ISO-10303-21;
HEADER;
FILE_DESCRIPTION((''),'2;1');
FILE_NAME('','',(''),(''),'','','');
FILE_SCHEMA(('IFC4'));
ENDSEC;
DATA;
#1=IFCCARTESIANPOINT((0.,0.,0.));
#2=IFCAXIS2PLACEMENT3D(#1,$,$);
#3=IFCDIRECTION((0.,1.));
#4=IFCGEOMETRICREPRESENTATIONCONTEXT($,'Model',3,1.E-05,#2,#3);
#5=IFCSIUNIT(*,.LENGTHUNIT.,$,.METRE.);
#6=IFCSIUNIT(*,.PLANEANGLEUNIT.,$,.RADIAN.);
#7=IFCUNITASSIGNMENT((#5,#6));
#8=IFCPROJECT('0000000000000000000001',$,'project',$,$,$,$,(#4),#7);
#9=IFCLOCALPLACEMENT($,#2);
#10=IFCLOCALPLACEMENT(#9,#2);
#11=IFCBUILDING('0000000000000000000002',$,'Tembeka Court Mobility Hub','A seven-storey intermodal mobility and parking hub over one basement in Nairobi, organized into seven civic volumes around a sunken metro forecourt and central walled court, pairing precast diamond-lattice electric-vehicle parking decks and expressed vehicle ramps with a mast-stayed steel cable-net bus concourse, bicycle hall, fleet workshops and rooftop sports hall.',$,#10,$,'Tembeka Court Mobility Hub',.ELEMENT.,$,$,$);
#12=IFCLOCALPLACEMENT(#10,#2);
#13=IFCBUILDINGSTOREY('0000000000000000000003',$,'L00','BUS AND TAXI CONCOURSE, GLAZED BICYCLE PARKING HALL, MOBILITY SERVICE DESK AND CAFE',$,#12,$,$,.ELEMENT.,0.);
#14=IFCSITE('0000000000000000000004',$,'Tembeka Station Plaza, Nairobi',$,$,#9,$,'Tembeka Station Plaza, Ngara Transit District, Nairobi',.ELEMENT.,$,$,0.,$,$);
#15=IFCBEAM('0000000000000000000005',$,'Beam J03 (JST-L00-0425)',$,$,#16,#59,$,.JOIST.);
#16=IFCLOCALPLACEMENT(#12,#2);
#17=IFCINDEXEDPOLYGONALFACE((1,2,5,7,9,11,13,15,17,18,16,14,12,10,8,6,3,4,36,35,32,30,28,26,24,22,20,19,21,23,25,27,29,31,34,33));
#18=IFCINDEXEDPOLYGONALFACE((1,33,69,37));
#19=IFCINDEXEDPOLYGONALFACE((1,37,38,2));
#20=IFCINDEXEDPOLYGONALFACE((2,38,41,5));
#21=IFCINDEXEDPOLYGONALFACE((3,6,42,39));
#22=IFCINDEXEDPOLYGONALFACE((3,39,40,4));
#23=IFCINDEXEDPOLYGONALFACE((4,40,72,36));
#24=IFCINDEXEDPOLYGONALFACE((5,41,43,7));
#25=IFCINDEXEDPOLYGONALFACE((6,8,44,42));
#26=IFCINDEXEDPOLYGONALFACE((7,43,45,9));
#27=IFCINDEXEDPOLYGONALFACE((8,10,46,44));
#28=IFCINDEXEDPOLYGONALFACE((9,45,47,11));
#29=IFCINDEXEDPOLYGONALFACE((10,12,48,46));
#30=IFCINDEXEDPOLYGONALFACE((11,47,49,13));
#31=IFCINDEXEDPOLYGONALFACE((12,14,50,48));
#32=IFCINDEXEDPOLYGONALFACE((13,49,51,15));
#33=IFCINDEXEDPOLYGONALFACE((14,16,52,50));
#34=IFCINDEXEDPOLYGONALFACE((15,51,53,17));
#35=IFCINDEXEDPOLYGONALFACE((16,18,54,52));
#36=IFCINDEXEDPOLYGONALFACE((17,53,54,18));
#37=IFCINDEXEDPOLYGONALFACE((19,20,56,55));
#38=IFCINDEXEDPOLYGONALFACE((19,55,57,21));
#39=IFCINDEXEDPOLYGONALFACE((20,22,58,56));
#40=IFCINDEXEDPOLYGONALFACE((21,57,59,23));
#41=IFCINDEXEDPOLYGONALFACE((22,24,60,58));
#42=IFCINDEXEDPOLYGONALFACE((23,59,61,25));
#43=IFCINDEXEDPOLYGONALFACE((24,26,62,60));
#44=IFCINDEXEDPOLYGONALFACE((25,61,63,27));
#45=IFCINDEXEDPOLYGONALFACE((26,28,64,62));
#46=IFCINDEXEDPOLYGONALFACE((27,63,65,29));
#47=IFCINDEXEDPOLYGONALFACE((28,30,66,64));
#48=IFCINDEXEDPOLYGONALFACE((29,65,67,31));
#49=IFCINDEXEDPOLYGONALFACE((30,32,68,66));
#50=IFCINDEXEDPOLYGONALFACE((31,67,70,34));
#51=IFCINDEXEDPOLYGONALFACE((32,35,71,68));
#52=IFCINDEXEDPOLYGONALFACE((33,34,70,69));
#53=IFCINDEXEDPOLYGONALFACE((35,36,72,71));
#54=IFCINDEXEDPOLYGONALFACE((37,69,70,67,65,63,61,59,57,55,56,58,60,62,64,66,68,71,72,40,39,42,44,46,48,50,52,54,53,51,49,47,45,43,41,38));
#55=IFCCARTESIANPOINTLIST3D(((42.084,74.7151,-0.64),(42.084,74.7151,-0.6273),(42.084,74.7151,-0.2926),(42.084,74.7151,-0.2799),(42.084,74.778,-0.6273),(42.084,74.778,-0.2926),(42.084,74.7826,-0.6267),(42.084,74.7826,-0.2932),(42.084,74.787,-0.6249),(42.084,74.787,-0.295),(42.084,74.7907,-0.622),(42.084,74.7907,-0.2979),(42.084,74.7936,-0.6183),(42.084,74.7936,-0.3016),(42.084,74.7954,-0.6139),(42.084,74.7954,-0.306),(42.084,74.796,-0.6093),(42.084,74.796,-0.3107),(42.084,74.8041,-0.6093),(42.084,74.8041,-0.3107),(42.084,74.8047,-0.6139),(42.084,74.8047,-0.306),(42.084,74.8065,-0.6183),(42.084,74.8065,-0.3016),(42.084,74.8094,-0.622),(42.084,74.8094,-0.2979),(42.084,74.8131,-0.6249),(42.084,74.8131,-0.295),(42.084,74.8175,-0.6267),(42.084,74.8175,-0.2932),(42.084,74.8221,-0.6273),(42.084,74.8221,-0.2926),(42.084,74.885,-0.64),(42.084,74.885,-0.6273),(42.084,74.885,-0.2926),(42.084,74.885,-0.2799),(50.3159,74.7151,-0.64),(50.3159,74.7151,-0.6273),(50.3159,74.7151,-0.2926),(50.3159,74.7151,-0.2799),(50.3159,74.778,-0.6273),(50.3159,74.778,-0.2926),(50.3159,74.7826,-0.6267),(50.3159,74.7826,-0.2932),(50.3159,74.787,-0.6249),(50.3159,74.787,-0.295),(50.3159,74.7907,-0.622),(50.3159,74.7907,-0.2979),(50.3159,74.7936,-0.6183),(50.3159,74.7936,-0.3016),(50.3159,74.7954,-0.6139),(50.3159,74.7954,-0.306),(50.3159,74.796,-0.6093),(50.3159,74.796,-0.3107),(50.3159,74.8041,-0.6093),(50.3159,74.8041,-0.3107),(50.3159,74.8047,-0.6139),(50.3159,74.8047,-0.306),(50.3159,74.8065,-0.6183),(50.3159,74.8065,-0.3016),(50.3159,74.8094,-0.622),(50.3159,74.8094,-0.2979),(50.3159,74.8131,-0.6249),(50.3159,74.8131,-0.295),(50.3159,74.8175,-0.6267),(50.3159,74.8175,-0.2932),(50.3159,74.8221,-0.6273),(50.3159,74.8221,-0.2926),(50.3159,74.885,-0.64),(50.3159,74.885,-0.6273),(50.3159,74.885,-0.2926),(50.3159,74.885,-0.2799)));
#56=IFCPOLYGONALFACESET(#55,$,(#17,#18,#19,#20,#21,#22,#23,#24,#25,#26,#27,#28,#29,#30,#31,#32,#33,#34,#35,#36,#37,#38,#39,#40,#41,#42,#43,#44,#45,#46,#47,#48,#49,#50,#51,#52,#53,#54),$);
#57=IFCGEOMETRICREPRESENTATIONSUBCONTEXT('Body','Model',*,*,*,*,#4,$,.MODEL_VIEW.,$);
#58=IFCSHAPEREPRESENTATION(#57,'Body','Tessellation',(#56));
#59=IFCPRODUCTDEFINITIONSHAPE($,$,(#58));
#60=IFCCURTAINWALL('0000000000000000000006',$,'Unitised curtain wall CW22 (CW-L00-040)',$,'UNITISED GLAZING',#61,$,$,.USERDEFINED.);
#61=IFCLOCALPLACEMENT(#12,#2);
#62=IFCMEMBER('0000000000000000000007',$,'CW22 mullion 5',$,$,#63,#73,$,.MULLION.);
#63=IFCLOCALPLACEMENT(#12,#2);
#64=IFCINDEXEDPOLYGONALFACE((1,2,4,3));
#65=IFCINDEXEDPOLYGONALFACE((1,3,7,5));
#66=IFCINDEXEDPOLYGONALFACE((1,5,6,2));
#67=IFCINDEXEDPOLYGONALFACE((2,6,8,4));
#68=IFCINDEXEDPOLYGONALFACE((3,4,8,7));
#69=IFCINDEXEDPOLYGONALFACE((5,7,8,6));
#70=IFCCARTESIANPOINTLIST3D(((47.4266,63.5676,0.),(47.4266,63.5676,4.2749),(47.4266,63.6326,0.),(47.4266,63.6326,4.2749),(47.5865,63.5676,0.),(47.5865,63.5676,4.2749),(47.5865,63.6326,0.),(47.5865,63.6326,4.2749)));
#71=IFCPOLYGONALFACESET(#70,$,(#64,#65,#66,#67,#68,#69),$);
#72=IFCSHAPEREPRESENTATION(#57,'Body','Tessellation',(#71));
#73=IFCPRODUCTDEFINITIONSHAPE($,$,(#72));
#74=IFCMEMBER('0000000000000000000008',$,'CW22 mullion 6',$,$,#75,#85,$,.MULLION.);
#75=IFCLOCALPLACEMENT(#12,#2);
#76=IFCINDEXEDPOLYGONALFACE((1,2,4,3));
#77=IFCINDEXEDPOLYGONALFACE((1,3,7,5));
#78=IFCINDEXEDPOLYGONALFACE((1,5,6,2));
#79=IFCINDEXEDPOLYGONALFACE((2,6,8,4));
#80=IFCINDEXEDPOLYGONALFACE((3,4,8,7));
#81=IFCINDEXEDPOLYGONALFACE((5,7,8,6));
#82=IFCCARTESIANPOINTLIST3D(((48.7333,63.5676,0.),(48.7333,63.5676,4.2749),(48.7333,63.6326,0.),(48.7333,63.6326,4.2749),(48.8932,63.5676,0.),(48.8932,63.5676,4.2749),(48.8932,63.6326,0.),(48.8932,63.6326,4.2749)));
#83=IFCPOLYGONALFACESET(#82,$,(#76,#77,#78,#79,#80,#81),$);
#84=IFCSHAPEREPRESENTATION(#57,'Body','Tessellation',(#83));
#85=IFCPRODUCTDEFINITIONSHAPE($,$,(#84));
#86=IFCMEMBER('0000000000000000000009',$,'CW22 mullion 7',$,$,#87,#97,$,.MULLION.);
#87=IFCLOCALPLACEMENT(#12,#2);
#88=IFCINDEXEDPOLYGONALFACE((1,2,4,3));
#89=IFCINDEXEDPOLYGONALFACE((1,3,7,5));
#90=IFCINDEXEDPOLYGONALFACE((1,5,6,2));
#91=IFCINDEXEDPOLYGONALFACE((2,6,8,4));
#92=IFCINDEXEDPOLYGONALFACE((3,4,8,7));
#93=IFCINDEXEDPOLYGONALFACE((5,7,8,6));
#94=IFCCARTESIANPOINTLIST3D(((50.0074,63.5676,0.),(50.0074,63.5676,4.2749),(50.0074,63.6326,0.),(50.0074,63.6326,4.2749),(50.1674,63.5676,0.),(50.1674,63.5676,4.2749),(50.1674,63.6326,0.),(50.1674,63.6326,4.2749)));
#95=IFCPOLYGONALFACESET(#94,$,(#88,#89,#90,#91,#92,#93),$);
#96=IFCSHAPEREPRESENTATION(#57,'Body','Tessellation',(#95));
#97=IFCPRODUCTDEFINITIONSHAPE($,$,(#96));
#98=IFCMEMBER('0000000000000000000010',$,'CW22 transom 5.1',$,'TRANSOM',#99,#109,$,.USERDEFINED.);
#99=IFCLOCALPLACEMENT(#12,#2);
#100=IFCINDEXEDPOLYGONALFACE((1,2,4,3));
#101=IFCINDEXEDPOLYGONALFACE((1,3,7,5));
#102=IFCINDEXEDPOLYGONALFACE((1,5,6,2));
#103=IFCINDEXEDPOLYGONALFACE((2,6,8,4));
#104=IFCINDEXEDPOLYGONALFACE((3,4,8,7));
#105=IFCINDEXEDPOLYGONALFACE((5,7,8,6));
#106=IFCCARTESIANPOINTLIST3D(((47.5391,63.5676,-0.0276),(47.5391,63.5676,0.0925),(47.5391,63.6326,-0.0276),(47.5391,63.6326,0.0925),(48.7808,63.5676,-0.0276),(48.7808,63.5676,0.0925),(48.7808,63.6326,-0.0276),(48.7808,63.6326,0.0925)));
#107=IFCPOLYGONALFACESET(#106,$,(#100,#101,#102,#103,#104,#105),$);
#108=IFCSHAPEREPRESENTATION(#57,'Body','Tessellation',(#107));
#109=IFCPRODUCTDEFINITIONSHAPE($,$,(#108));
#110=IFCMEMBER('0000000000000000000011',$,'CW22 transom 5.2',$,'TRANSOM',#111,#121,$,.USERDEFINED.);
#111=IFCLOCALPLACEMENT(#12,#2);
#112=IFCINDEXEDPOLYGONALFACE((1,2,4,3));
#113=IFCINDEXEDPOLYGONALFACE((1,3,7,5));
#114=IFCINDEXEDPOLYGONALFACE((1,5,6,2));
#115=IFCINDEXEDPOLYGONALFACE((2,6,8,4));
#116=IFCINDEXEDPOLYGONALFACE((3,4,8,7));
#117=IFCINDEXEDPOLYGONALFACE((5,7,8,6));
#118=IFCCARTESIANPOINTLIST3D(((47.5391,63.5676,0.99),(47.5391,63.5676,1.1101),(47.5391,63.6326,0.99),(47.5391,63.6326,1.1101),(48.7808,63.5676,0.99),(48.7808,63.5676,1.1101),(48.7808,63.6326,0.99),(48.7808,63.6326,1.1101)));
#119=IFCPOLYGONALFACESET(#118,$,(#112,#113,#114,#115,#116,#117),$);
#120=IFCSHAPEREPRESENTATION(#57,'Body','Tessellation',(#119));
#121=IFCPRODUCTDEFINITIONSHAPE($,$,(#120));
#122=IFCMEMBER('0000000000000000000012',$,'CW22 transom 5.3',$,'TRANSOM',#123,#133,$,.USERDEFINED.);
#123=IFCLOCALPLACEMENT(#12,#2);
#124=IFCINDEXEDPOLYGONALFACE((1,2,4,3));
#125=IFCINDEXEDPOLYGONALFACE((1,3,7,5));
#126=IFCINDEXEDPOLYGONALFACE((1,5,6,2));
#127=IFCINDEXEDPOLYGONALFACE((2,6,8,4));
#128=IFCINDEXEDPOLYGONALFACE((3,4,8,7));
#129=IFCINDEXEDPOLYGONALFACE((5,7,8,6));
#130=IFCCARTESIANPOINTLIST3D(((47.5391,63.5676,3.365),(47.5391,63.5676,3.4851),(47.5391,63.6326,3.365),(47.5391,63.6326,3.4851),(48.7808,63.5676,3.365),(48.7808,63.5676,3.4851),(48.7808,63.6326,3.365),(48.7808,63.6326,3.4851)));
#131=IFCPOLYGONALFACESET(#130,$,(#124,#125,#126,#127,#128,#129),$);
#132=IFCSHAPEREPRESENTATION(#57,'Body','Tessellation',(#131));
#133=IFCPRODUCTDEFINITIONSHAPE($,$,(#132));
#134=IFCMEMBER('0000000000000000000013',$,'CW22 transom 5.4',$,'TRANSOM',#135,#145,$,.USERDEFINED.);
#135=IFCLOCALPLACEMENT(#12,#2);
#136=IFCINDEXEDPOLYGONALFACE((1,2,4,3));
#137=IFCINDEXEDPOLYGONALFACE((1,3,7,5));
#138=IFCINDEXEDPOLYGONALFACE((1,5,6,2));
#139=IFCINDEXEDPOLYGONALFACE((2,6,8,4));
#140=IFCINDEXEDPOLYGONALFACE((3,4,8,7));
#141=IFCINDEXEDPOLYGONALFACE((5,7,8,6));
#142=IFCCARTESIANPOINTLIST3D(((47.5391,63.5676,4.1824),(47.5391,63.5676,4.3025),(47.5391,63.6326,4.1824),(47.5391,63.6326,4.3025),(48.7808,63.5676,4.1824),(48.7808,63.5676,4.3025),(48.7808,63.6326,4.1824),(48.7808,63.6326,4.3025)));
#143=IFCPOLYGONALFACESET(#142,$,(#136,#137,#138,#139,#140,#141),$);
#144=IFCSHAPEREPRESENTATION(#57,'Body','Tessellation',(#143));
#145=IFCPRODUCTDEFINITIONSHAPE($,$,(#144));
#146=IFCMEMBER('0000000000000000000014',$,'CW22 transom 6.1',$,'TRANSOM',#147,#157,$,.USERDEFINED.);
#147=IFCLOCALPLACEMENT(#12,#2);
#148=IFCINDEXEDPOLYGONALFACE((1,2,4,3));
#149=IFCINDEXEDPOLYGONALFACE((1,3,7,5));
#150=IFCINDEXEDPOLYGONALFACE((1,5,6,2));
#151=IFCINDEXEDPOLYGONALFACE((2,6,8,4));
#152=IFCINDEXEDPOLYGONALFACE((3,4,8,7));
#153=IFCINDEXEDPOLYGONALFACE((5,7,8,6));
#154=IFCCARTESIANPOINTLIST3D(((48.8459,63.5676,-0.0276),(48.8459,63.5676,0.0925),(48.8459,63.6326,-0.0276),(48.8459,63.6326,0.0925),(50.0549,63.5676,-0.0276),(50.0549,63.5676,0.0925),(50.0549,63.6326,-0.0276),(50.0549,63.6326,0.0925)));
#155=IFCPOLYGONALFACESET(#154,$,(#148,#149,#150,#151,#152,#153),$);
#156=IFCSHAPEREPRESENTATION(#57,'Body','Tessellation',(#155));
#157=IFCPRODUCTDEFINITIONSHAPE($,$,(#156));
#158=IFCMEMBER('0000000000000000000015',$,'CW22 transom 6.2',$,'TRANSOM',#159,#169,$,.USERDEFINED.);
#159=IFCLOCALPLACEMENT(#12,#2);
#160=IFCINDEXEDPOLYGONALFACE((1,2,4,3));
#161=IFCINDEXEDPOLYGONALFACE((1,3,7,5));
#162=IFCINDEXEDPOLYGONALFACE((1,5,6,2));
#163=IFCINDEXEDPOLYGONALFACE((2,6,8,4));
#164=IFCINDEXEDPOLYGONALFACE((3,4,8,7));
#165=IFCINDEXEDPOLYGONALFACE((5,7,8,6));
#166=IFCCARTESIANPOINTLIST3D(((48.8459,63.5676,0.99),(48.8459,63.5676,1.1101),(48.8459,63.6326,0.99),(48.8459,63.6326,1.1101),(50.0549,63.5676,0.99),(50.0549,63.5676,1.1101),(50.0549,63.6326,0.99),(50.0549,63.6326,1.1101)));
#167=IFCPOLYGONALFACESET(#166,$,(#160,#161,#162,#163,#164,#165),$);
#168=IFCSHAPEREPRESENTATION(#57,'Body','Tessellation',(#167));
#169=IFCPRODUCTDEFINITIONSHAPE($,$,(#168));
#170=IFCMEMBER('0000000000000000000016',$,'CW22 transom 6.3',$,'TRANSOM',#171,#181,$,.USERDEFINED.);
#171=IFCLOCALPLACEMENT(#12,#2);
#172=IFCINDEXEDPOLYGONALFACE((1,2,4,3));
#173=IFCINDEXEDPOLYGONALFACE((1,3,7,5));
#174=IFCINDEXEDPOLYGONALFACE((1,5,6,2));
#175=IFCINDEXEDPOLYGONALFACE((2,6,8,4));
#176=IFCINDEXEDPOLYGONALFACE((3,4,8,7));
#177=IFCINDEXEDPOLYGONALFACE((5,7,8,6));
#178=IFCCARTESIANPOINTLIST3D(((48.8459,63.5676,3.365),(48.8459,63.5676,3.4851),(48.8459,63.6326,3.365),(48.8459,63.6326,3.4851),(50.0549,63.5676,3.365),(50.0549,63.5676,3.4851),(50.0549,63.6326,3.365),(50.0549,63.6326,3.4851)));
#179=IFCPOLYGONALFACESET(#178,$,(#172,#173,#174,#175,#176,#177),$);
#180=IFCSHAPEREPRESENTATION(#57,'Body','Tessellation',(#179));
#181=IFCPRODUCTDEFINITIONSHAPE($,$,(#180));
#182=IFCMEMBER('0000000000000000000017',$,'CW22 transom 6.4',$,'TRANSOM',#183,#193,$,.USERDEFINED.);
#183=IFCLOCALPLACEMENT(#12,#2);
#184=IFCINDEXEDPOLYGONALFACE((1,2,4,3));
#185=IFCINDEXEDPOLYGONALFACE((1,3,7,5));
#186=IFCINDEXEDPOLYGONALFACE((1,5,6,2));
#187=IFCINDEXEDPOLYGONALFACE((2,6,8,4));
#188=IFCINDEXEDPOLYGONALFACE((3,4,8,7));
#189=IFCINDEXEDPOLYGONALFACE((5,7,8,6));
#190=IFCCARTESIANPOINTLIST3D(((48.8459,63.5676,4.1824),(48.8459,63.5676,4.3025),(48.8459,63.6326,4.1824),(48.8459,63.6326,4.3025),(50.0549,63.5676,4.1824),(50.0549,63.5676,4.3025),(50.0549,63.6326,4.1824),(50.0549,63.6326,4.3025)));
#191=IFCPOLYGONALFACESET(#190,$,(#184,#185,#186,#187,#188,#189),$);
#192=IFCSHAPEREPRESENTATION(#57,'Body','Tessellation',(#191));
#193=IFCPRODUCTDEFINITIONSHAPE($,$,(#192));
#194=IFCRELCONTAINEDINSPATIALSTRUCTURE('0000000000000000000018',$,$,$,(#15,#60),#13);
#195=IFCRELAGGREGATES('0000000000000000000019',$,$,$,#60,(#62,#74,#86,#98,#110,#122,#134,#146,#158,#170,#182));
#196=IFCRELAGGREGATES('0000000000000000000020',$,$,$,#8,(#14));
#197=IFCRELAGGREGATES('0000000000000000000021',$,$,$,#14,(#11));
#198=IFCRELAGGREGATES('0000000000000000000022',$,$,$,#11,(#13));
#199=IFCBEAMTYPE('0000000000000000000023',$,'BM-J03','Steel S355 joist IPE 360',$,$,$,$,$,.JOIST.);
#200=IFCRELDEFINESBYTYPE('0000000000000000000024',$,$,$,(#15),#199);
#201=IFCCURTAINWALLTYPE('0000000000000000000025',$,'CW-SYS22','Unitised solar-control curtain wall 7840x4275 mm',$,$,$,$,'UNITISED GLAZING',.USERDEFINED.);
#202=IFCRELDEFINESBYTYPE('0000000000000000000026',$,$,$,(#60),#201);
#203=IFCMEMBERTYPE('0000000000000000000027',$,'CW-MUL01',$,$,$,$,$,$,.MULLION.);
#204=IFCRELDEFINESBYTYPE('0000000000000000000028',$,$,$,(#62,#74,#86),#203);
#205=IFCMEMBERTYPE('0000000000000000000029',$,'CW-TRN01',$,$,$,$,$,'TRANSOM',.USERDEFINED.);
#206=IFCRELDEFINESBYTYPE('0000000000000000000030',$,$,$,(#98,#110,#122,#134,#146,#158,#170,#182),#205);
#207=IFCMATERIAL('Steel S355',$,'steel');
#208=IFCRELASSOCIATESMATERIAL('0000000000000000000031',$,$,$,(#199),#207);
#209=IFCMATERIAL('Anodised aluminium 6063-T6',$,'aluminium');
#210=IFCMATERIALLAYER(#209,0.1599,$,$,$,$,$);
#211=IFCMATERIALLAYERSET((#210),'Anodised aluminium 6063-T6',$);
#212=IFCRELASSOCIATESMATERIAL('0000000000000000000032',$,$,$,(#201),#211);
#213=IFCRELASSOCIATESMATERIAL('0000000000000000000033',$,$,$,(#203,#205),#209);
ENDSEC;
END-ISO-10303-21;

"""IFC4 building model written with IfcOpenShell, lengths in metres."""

from ifc_helpers import new_model, si_unit, direction, frame, origin, origin_2d, place, context, subcontext, project, spatial, rectangle, i_section, extrude, material, layer, layer_set, material_profile, profile_set, type_object, element, aggregate, save


model = new_model("IFC4")

# Units and contexts
model_context = context("Model", 3, precision=1e-05, world=origin(), true_north=direction((0.0, 1.0)))
body_context = subcontext(model_context, "Body", "Model", "MODEL_VIEW")
ifc_project = project(units=[si_unit("LENGTHUNIT", "METRE"), si_unit("PLANEANGLEUNIT", "RADIAN")], contexts=[model_context])

# Site, building, storey
site_placement = place(None, origin())
site = spatial("IfcSite", under=ifc_project, at=site_placement, Name="Tembeka Station Plaza, Nairobi", LongName="Tembeka Station Plaza, Ngara Transit District, Nairobi", CompositionType="ELEMENT", RefElevation=0.0)
building_placement = place(site_placement, origin())
building = spatial("IfcBuilding", under=site, at=building_placement, Name="Tembeka Court Mobility Hub", Description="A seven-storey intermodal mobility and parking hub over one basement in Nairobi, organized into seven civic volumes around a sunken metro forecourt and central walled court, pairing precast diamond-lattice electric-vehicle parking decks and expressed vehicle ramps with a mast-stayed steel cable-net bus concourse, bicycle hall, fleet workshops and rooftop sports hall.", LongName="Tembeka Court Mobility Hub", CompositionType="ELEMENT")
storey_placement = place(building_placement, origin())
storey = spatial("IfcBuildingStorey", under=building, at=storey_placement, Name="L00", Description="BUS AND TAXI CONCOURSE, GLAZED BICYCLE PARKING HALL, MOBILITY SERVICE DESK AND CAFE", CompositionType="ELEMENT", Elevation=0.0)

# Shared definitions
ifc_material_1 = material(Name="Steel S355", Category="steel")

# Beam
ifc_material_profile_1 = material_profile(ifc_material_1, i_section(OverallWidth=0.1699, OverallDepth=0.3601, WebThickness=0.0081, FlangeThickness=0.0127, FilletRadius=0.0181, at=origin_2d()), Name="IPE 360")
ifc_profile_set_1 = profile_set([ifc_material_profile_1], Name="Steel S355")
beam_type_1 = type_object("IfcBeamType", Name="BM-J03", Description="Steel S355 joist IPE 360", PredefinedType="JOIST", material=ifc_profile_set_1)
for number, where, z_axis, x_axis, name in (
    (1, (42.084, 74.8, -0.46), (1.0, 0.0, 0.0), (0.0, 1.0, 0.0), "Beam J03 (JST-L00-0425)"),
):
    element("IfcBeam", number, at=place(storey_placement, frame(where, z_axis=z_axis, x_axis=x_axis)), inside=storey, type_object=beam_type_1, Name=name, PredefinedType="JOIST", context=body_context, shape_type="SweptSolid", body=[
        extrude(i_section(OverallWidth=0.1699, OverallDepth=0.3601, WebThickness=0.0081, FlangeThickness=0.0127, FilletRadius=0.0181, at=origin_2d()), origin(), (0.0, 0.0, 1.0), 8.2319),
    ])

# Curtain wall, members
ifc_material_2 = material(Name="Anodised aluminium 6063-T6", Category="aluminium")
ifc_layer_1 = layer(ifc_material_2, 0.1599)
ifc_layer_set_1 = layer_set([ifc_layer_1], Name="Anodised aluminium 6063-T6")
curtain_wall_type = type_object("IfcCurtainWallType", Name="CW-SYS22", Description="Unitised solar-control curtain wall 7840x4275 mm", ElementType="UNITISED GLAZING", PredefinedType="USERDEFINED", material=ifc_layer_set_1)
curtain_wall_placement = place(storey_placement, origin())
curtain_wall = element("IfcCurtainWall", 2, at=curtain_wall_placement, inside=storey, type_object=curtain_wall_type, Name="Unitised curtain wall CW22 (CW-L00-040)", ObjectType="UNITISED GLAZING", PredefinedType="USERDEFINED")
ifc_material_profile_2 = material_profile(ifc_material_2, rectangle(XDim=0.0649, YDim=0.1599, at=origin_2d()), Name="ALU-MUL 65x160")
ifc_profile_set_2 = profile_set([ifc_material_profile_2], Name="Anodised aluminium 6063-T6")
member_type_1 = type_object("IfcMemberType", Name="CW-MUL01", PredefinedType="MULLION", material=ifc_profile_set_2)
member_1_placement = place(storey_placement, frame((47.5066, 63.6001, 0.0), z_axis=(0.0, 0.0, 1.0), x_axis=(0.0, 1.0, 0.0)))
member_1 = element("IfcMember", 3, at=member_1_placement, type_object=member_type_1, Name="CW22 mullion 5", PredefinedType="MULLION", context=body_context, shape_type="SweptSolid", body=[
    extrude(rectangle(XDim=0.0649, YDim=0.1599, at=origin_2d()), origin(), (0.0, 0.0, 1.0), 4.2749),
])
member_2_placement = place(storey_placement, frame((48.8132, 63.6001, 0.0), z_axis=(0.0, 0.0, 1.0), x_axis=(0.0, 1.0, 0.0)))
member_2 = element("IfcMember", 4, at=member_2_placement, type_object=member_type_1, Name="CW22 mullion 6", PredefinedType="MULLION", context=body_context, shape_type="SweptSolid", body=[
    extrude(rectangle(XDim=0.0649, YDim=0.1599, at=origin_2d()), origin(), (0.0, 0.0, 1.0), 4.2749),
])
member_3_placement = place(storey_placement, frame((50.0874, 63.6001, 0.0), z_axis=(0.0, 0.0, 1.0), x_axis=(0.0, 1.0, 0.0)))
member_3 = element("IfcMember", 5, at=member_3_placement, type_object=member_type_1, Name="CW22 mullion 7", PredefinedType="MULLION", context=body_context, shape_type="SweptSolid", body=[
    extrude(rectangle(XDim=0.0649, YDim=0.1599, at=origin_2d()), origin(), (0.0, 0.0, 1.0), 4.2749),
])
ifc_material_profile_3 = material_profile(ifc_material_2, rectangle(XDim=0.0649, YDim=0.1201, at=origin_2d()), Name="ALU-TRN 65x120")
ifc_profile_set_3 = profile_set([ifc_material_profile_3], Name="Anodised aluminium 6063-T6")
member_type_2 = type_object("IfcMemberType", Name="CW-TRN01", ElementType="TRANSOM", PredefinedType="USERDEFINED", material=ifc_profile_set_3)
member_4_placement = place(storey_placement, frame((47.5391, 63.6001, 0.0325), z_axis=(1.0, 0.0, 0.0), x_axis=(0.0, 1.0, 0.0)))
member_4 = element("IfcMember", 6, at=member_4_placement, type_object=member_type_2, Name="CW22 transom 5.1", ObjectType="TRANSOM", PredefinedType="USERDEFINED", context=body_context, shape_type="SweptSolid", body=[
    extrude(rectangle(XDim=0.0649, YDim=0.1201, at=origin_2d()), origin(), (0.0, 0.0, 1.0), 1.2417),
])
member_5_placement = place(storey_placement, frame((47.5391, 63.6001, 1.05), z_axis=(1.0, 0.0, 0.0), x_axis=(0.0, 1.0, 0.0)))
member_5 = element("IfcMember", 7, at=member_5_placement, type_object=member_type_2, Name="CW22 transom 5.2", ObjectType="TRANSOM", PredefinedType="USERDEFINED", context=body_context, shape_type="SweptSolid", body=[
    extrude(rectangle(XDim=0.0649, YDim=0.1201, at=origin_2d()), origin(), (0.0, 0.0, 1.0), 1.2417),
])
member_6_placement = place(storey_placement, frame((47.5391, 63.6001, 3.425), z_axis=(1.0, 0.0, 0.0), x_axis=(0.0, 1.0, 0.0)))
member_6 = element("IfcMember", 8, at=member_6_placement, type_object=member_type_2, Name="CW22 transom 5.3", ObjectType="TRANSOM", PredefinedType="USERDEFINED", context=body_context, shape_type="SweptSolid", body=[
    extrude(rectangle(XDim=0.0649, YDim=0.1201, at=origin_2d()), origin(), (0.0, 0.0, 1.0), 1.2417),
])
member_7_placement = place(storey_placement, frame((47.5391, 63.6001, 4.2424), z_axis=(1.0, 0.0, 0.0), x_axis=(0.0, 1.0, 0.0)))
member_7 = element("IfcMember", 9, at=member_7_placement, type_object=member_type_2, Name="CW22 transom 5.4", ObjectType="TRANSOM", PredefinedType="USERDEFINED", context=body_context, shape_type="SweptSolid", body=[
    extrude(rectangle(XDim=0.0649, YDim=0.1201, at=origin_2d()), origin(), (0.0, 0.0, 1.0), 1.2417),
])
member_8_placement = place(storey_placement, frame((48.8459, 63.6001, 0.0325), z_axis=(1.0, 0.0, 0.0), x_axis=(0.0, 1.0, 0.0)))
member_8 = element("IfcMember", 10, at=member_8_placement, type_object=member_type_2, Name="CW22 transom 6.1", ObjectType="TRANSOM", PredefinedType="USERDEFINED", context=body_context, shape_type="SweptSolid", body=[
    extrude(rectangle(XDim=0.0649, YDim=0.1201, at=origin_2d()), origin(), (0.0, 0.0, 1.0), 1.209),
])
member_9_placement = place(storey_placement, frame((48.8459, 63.6001, 1.05), z_axis=(1.0, 0.0, 0.0), x_axis=(0.0, 1.0, 0.0)))
member_9 = element("IfcMember", 11, at=member_9_placement, type_object=member_type_2, Name="CW22 transom 6.2", ObjectType="TRANSOM", PredefinedType="USERDEFINED", context=body_context, shape_type="SweptSolid", body=[
    extrude(rectangle(XDim=0.0649, YDim=0.1201, at=origin_2d()), origin(), (0.0, 0.0, 1.0), 1.209),
])
member_10_placement = place(storey_placement, frame((48.8459, 63.6001, 3.425), z_axis=(1.0, 0.0, 0.0), x_axis=(0.0, 1.0, 0.0)))
member_10 = element("IfcMember", 12, at=member_10_placement, type_object=member_type_2, Name="CW22 transom 6.3", ObjectType="TRANSOM", PredefinedType="USERDEFINED", context=body_context, shape_type="SweptSolid", body=[
    extrude(rectangle(XDim=0.0649, YDim=0.1201, at=origin_2d()), origin(), (0.0, 0.0, 1.0), 1.209),
])
member_11_placement = place(storey_placement, frame((48.8459, 63.6001, 4.2424), z_axis=(1.0, 0.0, 0.0), x_axis=(0.0, 1.0, 0.0)))
member_11 = element("IfcMember", 13, at=member_11_placement, type_object=member_type_2, Name="CW22 transom 6.4", ObjectType="TRANSOM", PredefinedType="USERDEFINED", context=body_context, shape_type="SweptSolid", body=[
    extrude(rectangle(XDim=0.0649, YDim=0.1201, at=origin_2d()), origin(), (0.0, 0.0, 1.0), 1.209),
])

aggregate(curtain_wall, [member_1, member_2, member_3, member_4, member_5, member_6, member_7, member_8, member_9, member_10, member_11])

save(model, "model.ifc")
